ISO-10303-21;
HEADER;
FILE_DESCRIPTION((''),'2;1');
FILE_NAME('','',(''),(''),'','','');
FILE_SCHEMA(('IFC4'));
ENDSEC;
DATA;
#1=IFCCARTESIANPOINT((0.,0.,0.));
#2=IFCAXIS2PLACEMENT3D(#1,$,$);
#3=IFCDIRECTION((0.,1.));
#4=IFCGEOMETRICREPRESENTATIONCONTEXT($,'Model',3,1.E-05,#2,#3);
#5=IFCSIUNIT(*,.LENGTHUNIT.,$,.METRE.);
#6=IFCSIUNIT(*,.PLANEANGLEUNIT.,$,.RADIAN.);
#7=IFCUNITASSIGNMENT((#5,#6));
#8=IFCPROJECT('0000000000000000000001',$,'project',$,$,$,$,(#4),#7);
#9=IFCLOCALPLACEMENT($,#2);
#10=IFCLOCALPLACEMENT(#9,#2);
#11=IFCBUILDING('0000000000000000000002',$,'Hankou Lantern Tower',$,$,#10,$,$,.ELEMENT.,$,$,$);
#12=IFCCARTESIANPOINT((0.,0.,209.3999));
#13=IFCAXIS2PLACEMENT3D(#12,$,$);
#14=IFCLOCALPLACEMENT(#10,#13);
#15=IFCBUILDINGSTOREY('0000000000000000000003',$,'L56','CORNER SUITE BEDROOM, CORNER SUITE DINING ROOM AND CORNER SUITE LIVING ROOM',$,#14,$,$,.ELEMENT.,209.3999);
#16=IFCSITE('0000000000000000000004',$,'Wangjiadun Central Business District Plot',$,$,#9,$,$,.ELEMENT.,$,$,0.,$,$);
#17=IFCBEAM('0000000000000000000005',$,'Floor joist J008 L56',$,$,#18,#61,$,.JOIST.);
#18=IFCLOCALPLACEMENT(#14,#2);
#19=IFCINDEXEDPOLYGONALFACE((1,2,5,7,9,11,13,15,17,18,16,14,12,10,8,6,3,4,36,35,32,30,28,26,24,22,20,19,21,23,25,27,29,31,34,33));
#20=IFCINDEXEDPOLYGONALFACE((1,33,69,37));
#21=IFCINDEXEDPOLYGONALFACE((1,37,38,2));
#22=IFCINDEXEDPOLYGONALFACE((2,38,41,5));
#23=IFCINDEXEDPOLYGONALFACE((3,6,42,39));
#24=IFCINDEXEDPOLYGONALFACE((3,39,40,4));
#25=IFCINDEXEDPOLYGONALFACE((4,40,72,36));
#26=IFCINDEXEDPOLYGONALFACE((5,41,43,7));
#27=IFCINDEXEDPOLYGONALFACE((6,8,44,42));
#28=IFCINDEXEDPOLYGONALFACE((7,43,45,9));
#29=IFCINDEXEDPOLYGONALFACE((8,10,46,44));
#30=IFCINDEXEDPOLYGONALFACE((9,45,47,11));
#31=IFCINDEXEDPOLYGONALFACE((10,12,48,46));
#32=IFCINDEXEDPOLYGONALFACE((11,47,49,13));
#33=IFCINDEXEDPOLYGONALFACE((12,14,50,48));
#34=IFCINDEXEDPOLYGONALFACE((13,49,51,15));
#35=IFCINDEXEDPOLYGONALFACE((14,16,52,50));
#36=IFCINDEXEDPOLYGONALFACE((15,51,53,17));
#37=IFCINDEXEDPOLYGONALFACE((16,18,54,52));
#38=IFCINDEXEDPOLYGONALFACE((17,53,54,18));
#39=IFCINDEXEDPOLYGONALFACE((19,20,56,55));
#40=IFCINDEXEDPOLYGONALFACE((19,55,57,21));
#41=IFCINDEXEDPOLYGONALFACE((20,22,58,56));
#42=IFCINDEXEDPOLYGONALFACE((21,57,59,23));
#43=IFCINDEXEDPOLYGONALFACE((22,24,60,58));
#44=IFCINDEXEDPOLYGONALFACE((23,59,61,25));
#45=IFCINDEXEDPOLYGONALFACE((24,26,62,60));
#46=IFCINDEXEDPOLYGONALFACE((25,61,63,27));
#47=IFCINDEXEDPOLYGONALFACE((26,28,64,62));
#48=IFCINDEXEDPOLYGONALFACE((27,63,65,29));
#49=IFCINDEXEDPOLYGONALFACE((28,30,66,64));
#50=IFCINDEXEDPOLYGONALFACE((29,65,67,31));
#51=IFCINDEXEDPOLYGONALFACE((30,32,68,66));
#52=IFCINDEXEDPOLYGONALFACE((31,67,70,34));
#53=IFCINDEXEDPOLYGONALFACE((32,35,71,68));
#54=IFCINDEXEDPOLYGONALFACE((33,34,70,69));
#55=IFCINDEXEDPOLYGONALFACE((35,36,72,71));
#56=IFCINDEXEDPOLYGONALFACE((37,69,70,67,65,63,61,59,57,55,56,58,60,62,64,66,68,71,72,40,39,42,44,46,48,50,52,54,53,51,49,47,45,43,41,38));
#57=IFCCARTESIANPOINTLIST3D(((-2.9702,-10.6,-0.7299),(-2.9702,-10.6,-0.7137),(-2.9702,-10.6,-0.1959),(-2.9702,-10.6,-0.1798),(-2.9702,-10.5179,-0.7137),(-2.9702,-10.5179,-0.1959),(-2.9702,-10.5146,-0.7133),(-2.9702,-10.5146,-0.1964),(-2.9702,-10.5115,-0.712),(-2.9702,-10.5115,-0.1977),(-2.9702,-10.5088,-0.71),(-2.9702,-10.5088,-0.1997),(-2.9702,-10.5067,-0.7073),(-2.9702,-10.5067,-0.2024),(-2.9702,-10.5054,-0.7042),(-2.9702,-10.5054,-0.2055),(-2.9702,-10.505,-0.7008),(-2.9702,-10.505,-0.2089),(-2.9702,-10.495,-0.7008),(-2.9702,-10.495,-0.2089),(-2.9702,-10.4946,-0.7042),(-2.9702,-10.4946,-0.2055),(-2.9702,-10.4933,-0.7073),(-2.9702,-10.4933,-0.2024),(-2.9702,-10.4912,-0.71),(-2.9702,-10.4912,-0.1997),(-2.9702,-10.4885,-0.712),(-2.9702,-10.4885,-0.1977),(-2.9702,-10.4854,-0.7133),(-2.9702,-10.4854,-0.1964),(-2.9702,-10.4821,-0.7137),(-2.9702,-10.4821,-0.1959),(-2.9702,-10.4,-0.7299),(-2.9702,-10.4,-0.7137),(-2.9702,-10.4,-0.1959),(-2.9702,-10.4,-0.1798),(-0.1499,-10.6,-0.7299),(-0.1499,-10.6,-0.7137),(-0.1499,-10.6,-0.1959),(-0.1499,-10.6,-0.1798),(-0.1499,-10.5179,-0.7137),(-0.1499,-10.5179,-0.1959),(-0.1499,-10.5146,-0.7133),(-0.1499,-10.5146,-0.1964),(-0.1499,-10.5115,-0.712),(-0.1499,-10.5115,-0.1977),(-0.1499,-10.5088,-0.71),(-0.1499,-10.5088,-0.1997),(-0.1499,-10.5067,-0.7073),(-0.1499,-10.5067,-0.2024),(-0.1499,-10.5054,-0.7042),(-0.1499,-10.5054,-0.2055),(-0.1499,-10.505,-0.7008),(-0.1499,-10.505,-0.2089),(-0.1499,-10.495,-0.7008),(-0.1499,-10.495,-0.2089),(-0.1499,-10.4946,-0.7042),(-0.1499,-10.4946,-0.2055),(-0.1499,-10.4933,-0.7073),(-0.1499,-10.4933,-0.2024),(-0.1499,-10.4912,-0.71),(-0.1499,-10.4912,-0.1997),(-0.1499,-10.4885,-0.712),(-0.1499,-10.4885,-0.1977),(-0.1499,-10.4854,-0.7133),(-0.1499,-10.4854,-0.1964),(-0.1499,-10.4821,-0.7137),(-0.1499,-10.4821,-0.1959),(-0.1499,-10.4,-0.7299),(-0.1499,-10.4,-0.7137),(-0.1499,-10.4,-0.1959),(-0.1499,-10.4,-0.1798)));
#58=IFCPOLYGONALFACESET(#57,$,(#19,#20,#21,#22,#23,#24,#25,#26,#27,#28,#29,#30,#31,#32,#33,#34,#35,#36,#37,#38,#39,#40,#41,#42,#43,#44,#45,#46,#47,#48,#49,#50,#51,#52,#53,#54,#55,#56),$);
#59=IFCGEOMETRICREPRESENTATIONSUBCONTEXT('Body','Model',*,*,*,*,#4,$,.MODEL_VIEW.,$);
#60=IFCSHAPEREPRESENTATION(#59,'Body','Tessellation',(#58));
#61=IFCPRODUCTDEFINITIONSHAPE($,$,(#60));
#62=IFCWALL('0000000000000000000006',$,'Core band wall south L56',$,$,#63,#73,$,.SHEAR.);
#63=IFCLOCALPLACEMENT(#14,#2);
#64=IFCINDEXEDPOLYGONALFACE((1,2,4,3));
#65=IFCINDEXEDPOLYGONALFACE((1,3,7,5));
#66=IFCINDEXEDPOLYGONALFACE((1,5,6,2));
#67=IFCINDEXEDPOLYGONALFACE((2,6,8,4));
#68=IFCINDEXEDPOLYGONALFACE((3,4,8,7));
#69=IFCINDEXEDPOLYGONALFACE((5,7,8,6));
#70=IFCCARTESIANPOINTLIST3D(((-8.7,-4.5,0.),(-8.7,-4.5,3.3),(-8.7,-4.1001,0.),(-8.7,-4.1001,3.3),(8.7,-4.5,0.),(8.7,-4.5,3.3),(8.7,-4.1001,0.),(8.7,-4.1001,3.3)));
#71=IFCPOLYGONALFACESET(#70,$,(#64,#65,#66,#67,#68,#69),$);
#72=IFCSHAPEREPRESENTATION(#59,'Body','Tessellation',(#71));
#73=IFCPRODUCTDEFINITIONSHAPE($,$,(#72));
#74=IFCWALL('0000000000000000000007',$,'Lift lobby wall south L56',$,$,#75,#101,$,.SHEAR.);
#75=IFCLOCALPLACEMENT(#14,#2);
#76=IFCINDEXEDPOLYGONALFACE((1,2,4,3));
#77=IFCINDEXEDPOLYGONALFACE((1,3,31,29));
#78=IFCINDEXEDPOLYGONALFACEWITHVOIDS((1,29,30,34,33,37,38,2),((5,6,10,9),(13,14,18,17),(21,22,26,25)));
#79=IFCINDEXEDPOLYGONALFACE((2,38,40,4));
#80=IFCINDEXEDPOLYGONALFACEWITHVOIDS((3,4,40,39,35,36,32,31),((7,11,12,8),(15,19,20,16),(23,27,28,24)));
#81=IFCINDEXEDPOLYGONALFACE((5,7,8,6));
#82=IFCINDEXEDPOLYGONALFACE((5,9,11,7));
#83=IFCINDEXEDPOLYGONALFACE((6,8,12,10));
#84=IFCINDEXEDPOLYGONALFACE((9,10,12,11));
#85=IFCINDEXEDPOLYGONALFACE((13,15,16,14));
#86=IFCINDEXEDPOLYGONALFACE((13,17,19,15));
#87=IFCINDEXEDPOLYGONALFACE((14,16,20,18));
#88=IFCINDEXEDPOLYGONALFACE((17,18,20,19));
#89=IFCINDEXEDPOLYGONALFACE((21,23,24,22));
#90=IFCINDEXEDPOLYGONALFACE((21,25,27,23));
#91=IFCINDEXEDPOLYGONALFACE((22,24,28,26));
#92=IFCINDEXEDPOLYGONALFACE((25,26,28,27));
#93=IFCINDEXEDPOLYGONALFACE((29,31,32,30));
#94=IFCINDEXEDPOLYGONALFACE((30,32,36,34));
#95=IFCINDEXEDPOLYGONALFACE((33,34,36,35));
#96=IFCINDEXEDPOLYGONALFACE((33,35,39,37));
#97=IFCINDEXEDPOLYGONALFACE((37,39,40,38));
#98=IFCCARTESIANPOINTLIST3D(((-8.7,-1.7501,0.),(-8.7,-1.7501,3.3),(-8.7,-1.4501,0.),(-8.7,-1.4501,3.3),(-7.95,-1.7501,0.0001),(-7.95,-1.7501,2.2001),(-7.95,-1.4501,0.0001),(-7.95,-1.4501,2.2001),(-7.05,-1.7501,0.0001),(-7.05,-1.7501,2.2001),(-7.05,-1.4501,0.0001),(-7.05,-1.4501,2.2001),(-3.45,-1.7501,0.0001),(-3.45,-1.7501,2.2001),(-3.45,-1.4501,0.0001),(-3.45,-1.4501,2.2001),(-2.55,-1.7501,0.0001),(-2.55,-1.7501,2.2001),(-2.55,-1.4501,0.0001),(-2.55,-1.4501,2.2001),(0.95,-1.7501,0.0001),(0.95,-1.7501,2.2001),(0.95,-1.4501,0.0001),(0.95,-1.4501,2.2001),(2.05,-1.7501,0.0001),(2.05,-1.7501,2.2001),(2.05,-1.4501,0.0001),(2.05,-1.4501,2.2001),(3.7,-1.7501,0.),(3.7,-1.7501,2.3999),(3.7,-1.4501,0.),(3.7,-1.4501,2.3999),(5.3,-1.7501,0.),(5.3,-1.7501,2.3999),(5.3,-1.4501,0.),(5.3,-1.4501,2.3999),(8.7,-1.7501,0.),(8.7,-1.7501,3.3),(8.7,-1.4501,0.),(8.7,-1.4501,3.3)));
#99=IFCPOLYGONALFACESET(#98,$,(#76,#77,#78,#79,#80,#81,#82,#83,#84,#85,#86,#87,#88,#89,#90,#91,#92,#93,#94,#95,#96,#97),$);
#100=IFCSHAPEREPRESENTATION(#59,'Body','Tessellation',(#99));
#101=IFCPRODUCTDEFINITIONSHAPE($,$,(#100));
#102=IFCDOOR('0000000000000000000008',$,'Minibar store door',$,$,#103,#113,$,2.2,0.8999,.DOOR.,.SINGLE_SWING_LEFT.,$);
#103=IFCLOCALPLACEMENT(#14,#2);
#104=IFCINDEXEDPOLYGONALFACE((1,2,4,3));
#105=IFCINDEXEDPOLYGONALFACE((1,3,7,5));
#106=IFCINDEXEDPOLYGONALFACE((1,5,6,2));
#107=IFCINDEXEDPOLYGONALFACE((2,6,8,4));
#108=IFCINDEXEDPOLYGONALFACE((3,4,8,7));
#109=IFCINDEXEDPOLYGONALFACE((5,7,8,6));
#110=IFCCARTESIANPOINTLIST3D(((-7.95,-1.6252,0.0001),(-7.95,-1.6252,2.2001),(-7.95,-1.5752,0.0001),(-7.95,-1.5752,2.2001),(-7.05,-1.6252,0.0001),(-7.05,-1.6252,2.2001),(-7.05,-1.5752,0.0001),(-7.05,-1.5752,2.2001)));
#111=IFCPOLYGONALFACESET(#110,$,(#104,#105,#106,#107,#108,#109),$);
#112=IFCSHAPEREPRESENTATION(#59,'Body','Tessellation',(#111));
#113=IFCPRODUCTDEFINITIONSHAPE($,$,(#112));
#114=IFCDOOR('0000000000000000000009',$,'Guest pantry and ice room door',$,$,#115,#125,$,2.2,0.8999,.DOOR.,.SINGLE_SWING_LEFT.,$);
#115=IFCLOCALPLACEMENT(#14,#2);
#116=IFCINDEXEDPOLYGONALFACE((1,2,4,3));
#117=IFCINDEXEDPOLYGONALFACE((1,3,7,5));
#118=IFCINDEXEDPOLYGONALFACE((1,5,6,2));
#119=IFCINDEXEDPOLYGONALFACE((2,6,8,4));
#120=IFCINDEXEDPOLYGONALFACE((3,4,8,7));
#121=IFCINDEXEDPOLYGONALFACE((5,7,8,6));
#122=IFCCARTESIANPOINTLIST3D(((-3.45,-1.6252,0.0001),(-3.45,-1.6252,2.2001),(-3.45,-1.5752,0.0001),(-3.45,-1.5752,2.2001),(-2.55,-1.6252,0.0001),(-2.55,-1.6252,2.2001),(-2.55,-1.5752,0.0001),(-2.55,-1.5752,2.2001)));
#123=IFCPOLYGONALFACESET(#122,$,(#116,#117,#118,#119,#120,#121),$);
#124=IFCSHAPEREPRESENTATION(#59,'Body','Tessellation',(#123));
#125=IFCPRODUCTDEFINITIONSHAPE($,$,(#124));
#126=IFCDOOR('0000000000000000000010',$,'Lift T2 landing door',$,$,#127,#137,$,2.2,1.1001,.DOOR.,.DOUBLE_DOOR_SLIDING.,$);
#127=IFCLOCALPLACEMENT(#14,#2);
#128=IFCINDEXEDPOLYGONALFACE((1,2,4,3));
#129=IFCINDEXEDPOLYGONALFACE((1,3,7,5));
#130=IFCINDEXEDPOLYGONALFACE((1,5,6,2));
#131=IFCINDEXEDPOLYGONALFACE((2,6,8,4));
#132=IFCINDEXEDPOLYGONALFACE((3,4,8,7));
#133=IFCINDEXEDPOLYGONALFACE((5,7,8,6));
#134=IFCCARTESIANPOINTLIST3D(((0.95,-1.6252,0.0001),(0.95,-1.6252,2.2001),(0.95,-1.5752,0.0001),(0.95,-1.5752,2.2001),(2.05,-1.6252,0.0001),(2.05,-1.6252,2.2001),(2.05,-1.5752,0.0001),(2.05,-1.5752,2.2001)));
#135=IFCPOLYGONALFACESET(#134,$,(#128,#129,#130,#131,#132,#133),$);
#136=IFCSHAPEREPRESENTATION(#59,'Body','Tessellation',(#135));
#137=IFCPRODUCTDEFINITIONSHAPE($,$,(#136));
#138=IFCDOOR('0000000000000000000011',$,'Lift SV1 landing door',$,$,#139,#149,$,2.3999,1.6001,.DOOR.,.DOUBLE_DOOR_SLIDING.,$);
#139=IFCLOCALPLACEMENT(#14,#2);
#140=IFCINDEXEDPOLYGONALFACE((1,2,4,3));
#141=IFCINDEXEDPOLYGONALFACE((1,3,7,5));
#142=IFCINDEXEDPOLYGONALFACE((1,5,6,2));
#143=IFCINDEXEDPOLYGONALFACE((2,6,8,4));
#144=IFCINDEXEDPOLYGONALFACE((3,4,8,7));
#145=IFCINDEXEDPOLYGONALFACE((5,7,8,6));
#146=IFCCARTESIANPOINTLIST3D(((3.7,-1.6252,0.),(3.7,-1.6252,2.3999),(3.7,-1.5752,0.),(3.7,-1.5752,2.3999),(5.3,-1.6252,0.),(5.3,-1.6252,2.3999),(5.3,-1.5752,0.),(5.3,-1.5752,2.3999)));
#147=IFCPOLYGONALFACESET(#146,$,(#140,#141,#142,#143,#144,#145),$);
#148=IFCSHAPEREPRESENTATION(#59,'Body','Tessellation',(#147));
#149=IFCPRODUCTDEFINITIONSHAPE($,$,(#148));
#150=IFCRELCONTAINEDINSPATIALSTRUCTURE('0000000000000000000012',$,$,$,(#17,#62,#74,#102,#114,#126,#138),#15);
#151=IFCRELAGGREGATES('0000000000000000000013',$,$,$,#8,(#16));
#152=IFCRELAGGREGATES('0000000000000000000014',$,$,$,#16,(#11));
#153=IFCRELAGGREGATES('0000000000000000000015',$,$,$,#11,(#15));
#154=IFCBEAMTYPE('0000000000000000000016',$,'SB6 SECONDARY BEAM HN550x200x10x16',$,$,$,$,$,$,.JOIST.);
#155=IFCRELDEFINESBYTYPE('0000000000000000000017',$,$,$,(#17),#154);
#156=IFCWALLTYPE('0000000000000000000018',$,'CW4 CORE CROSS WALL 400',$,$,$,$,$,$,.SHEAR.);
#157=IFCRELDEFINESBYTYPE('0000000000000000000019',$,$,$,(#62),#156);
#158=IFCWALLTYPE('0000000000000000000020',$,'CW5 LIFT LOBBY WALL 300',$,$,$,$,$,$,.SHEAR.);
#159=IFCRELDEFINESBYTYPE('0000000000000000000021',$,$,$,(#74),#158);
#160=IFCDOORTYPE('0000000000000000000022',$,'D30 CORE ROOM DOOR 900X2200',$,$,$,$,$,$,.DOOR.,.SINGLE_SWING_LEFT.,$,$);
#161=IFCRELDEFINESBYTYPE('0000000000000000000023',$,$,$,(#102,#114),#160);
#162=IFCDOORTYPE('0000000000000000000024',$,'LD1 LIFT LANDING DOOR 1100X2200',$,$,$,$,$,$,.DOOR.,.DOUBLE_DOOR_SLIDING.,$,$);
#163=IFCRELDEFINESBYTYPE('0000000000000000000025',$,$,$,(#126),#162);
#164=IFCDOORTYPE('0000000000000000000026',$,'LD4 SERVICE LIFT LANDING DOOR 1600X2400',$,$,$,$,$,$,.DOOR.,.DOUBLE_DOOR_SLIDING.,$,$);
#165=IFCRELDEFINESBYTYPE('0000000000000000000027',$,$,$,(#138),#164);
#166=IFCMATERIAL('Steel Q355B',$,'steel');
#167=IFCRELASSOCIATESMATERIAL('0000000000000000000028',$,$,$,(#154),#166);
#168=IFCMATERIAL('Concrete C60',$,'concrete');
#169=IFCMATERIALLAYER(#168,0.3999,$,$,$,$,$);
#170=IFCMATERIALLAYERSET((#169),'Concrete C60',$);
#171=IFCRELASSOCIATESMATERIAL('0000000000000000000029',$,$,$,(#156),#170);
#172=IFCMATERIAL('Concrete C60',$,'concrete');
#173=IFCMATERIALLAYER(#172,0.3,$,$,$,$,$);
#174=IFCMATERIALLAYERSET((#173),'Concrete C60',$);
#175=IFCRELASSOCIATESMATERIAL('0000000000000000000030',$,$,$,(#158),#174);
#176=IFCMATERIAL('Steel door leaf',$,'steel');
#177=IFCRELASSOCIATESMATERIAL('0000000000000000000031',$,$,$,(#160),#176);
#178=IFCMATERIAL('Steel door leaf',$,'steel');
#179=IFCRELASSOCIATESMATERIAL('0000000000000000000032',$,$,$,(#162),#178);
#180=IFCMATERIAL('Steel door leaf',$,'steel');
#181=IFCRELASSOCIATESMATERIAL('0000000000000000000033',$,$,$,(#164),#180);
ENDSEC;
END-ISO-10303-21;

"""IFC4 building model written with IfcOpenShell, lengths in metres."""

from ifc_helpers import new_model, si_unit, direction, frame, frame_2d, origin, origin_2d, place, context, subcontext, project, spatial, rectangle, i_section, extrude, material, layer, layer_set, material_profile, profile_set, type_object, element, fill, save


model = new_model("IFC4")

# Units and contexts
model_context = context("Model", 3, precision=1e-05, world=origin(), true_north=direction((0.0, 1.0)))
body_context = subcontext(model_context, "Body", "Model", "MODEL_VIEW")
ifc_project = project(units=[si_unit("LENGTHUNIT", "METRE"), si_unit("PLANEANGLEUNIT", "RADIAN")], contexts=[model_context])

# Site, building, storey
site_placement = place(None, origin())
site = spatial("IfcSite", under=ifc_project, at=site_placement, Name="Wangjiadun Central Business District Plot", CompositionType="ELEMENT", RefElevation=0.0)
building_placement = place(site_placement, origin())
building = spatial("IfcBuilding", under=site, at=building_placement, Name="Hankou Lantern Tower", CompositionType="ELEMENT")
storey_placement = place(building_placement, frame((0.0, 0.0, 209.3999)))
storey = spatial("IfcBuildingStorey", under=building, at=storey_placement, Name="L56", Description="CORNER SUITE BEDROOM, CORNER SUITE DINING ROOM AND CORNER SUITE LIVING ROOM", CompositionType="ELEMENT", Elevation=209.3999)

# Beam
ifc_material_1 = material(Name="Steel Q355B", Category="steel")
ifc_material_profile_1 = material_profile(ifc_material_1, i_section(OverallWidth=0.2, OverallDepth=0.55, WebThickness=0.01, FlangeThickness=0.0161, FilletRadius=0.0129, at=origin_2d()), Name="HN550x200x10x16")
ifc_profile_set_1 = profile_set([ifc_material_profile_1], Name="Steel Q355B")
beam_type_1 = type_object("IfcBeamType", Name="SB6 SECONDARY BEAM HN550x200x10x16", PredefinedType="JOIST", material=ifc_profile_set_1)
beam_1_placement = place(storey_placement, frame((-2.9702, -10.5, -0.4548), z_axis=(1.0, 0.0, 0.0), x_axis=(0.0, 1.0, 0.0)))
element("IfcBeam", 1, at=beam_1_placement, inside=storey, type_object=beam_type_1, Name="Floor joist J008 L56", PredefinedType="JOIST", context=body_context, shape_type="SweptSolid", body=[
    extrude(i_section(OverallWidth=0.2, OverallDepth=0.55, WebThickness=0.01, FlangeThickness=0.0161, FilletRadius=0.0129, at=origin_2d()), origin(), (0.0, 0.0, 1.0), 2.8203),
])

# Wall
ifc_material_2 = material(Name="Concrete C60", Category="concrete")
ifc_layer_1 = layer(ifc_material_2, 0.3999)
ifc_layer_set_1 = layer_set([ifc_layer_1], Name="Concrete C60")
wall_type_1 = type_object("IfcWallType", Name="CW4 CORE CROSS WALL 400", PredefinedType="SHEAR", material=ifc_layer_set_1)
wall_1_placement = place(storey_placement, frame((-8.7, -4.3, 0.0), z_axis=(0.0, 0.0, 1.0), x_axis=(1.0, 0.0, 0.0)))
element("IfcWall", 2, at=wall_1_placement, inside=storey, type_object=wall_type_1, Name="Core band wall south L56", PredefinedType="SHEAR", context=body_context, shape_type="SweptSolid", body=[
    extrude(rectangle(XDim=17.3999, YDim=0.3999, at=frame_2d((8.7, 0.0))), origin(), (0.0, 0.0, 1.0), 3.3),
])

# Wall, openings, doors
ifc_material_3 = material(Name="Concrete C60", Category="concrete")
ifc_layer_2 = layer(ifc_material_3, 0.3)
ifc_layer_set_2 = layer_set([ifc_layer_2], Name="Concrete C60")
wall_type_2 = type_object("IfcWallType", Name="CW5 LIFT LOBBY WALL 300", PredefinedType="SHEAR", material=ifc_layer_set_2)
wall_2_placement = place(storey_placement, frame((-8.7, -1.6001, 0.0), z_axis=(0.0, 0.0, 1.0), x_axis=(1.0, 0.0, 0.0)))
wall_2 = element("IfcWall", 3, at=wall_2_placement, inside=storey, type_object=wall_type_2, Name="Lift lobby wall south L56", PredefinedType="SHEAR", context=body_context, shape_type="SweptSolid", body=[
    extrude(rectangle(XDim=17.3999, YDim=0.3, at=frame_2d((8.7, 0.0))), origin(), (0.0, 0.0, 1.0), 3.3),
])
opening_1_placement = place(wall_2_placement, frame((9.6499, 0.0, 0.0)))
opening_1 = element("IfcOpeningElement", 4, at=opening_1_placement, cuts=wall_2, PredefinedType="OPENING", context=body_context, shape_type="SweptSolid", body=[
    extrude(rectangle(XDim=1.1001, YDim=2.2, at=frame_2d((0.55, 1.1001))), frame((0.0, 0.1599, 0.0), z_axis=(0.0, -1.0, 0.0), x_axis=(1.0, 0.0, 0.0)), (0.0, 0.0, 1.0), 0.3201),
])
opening_2_placement = place(wall_2_placement, frame((12.3999, 0.0, 0.0)))
opening_2 = element("IfcOpeningElement", 5, at=opening_2_placement, cuts=wall_2, PredefinedType="OPENING", context=body_context, shape_type="SweptSolid", body=[
    extrude(rectangle(XDim=1.6001, YDim=2.3999, at=frame_2d((0.8, 1.2))), frame((0.0, 0.1599, 0.0), z_axis=(0.0, -1.0, 0.0), x_axis=(1.0, 0.0, 0.0)), (0.0, 0.0, 1.0), 0.3201),
])
opening_3_placement = place(wall_2_placement, frame((0.75, 0.0, 0.0)))
opening_3 = element("IfcOpeningElement", 6, at=opening_3_placement, cuts=wall_2, PredefinedType="OPENING", context=body_context, shape_type="SweptSolid", body=[
    extrude(rectangle(XDim=0.8999, YDim=2.2, at=frame_2d((0.45, 1.1001))), frame((0.0, 0.1599, 0.0), z_axis=(0.0, -1.0, 0.0), x_axis=(1.0, 0.0, 0.0)), (0.0, 0.0, 1.0), 0.3201),
])
opening_4_placement = place(wall_2_placement, frame((5.25, 0.0, 0.0)))
opening_4 = element("IfcOpeningElement", 7, at=opening_4_placement, cuts=wall_2, PredefinedType="OPENING", context=body_context, shape_type="SweptSolid", body=[
    extrude(rectangle(XDim=0.8999, YDim=2.2, at=frame_2d((0.45, 1.1001))), frame((0.0, 0.1599, 0.0), z_axis=(0.0, -1.0, 0.0), x_axis=(1.0, 0.0, 0.0)), (0.0, 0.0, 1.0), 0.3201),
])
ifc_material_4 = material(Name="Steel door leaf", Category="steel")
door_type_1 = type_object("IfcDoorType", Name="D30 CORE ROOM DOOR 900X2200", OperationType="SINGLE_SWING_LEFT", PredefinedType="DOOR", material=ifc_material_4)
door_1_placement = place(opening_3_placement, origin())
door_1 = element("IfcDoor", 8, at=door_1_placement, inside=storey, type_object=door_type_1, Name="Minibar store door", OperationType="SINGLE_SWING_LEFT", OverallHeight=2.2, OverallWidth=0.8999, PredefinedType="DOOR", context=body_context, shape_type="SweptSolid", body=[
    extrude(rectangle(XDim=0.8999, YDim=2.2, at=frame_2d((0.45, 1.1001))), frame((0.0, 0.0249, 0.0), z_axis=(0.0, -1.0, 0.0), x_axis=(1.0, 0.0, 0.0)), (0.0, 0.0, 1.0), 0.05),
])
fill(opening_3, door_1)
door_2_placement = place(opening_4_placement, origin())
door_2 = element("IfcDoor", 9, at=door_2_placement, inside=storey, type_object=door_type_1, Name="Guest pantry and ice room door", OperationType="SINGLE_SWING_LEFT", OverallHeight=2.2, OverallWidth=0.8999, PredefinedType="DOOR", context=body_context, shape_type="SweptSolid", body=[
    extrude(rectangle(XDim=0.8999, YDim=2.2, at=frame_2d((0.45, 1.1001))), frame((0.0, 0.0249, 0.0), z_axis=(0.0, -1.0, 0.0), x_axis=(1.0, 0.0, 0.0)), (0.0, 0.0, 1.0), 0.05),
])
fill(opening_4, door_2)
ifc_material_5 = material(Name="Steel door leaf", Category="steel")
door_type_2 = type_object("IfcDoorType", Name="LD1 LIFT LANDING DOOR 1100X2200", OperationType="DOUBLE_DOOR_SLIDING", PredefinedType="DOOR", material=ifc_material_5)
door_3_placement = place(opening_1_placement, origin())
door_3 = element("IfcDoor", 10, at=door_3_placement, inside=storey, type_object=door_type_2, Name="Lift T2 landing door", OperationType="DOUBLE_DOOR_SLIDING", OverallHeight=2.2, OverallWidth=1.1001, PredefinedType="DOOR", context=body_context, shape_type="SweptSolid", body=[
    extrude(rectangle(XDim=1.1001, YDim=2.2, at=frame_2d((0.55, 1.1001))), frame((0.0, 0.0249, 0.0), z_axis=(0.0, -1.0, 0.0), x_axis=(1.0, 0.0, 0.0)), (0.0, 0.0, 1.0), 0.05),
])
fill(opening_1, door_3)
ifc_material_6 = material(Name="Steel door leaf", Category="steel")
door_type_3 = type_object("IfcDoorType", Name="LD4 SERVICE LIFT LANDING DOOR 1600X2400", OperationType="DOUBLE_DOOR_SLIDING", PredefinedType="DOOR", material=ifc_material_6)
door_4_placement = place(opening_2_placement, origin())
door_4 = element("IfcDoor", 11, at=door_4_placement, inside=storey, type_object=door_type_3, Name="Lift SV1 landing door", OperationType="DOUBLE_DOOR_SLIDING", OverallHeight=2.3999, OverallWidth=1.6001, PredefinedType="DOOR", context=body_context, shape_type="SweptSolid", body=[
    extrude(rectangle(XDim=1.6001, YDim=2.3999, at=frame_2d((0.8, 1.2))), frame((0.0, 0.0249, 0.0), z_axis=(0.0, -1.0, 0.0), x_axis=(1.0, 0.0, 0.0)), (0.0, 0.0, 1.0), 0.05),
])
fill(opening_2, door_4)

save(model, "model.ifc")
